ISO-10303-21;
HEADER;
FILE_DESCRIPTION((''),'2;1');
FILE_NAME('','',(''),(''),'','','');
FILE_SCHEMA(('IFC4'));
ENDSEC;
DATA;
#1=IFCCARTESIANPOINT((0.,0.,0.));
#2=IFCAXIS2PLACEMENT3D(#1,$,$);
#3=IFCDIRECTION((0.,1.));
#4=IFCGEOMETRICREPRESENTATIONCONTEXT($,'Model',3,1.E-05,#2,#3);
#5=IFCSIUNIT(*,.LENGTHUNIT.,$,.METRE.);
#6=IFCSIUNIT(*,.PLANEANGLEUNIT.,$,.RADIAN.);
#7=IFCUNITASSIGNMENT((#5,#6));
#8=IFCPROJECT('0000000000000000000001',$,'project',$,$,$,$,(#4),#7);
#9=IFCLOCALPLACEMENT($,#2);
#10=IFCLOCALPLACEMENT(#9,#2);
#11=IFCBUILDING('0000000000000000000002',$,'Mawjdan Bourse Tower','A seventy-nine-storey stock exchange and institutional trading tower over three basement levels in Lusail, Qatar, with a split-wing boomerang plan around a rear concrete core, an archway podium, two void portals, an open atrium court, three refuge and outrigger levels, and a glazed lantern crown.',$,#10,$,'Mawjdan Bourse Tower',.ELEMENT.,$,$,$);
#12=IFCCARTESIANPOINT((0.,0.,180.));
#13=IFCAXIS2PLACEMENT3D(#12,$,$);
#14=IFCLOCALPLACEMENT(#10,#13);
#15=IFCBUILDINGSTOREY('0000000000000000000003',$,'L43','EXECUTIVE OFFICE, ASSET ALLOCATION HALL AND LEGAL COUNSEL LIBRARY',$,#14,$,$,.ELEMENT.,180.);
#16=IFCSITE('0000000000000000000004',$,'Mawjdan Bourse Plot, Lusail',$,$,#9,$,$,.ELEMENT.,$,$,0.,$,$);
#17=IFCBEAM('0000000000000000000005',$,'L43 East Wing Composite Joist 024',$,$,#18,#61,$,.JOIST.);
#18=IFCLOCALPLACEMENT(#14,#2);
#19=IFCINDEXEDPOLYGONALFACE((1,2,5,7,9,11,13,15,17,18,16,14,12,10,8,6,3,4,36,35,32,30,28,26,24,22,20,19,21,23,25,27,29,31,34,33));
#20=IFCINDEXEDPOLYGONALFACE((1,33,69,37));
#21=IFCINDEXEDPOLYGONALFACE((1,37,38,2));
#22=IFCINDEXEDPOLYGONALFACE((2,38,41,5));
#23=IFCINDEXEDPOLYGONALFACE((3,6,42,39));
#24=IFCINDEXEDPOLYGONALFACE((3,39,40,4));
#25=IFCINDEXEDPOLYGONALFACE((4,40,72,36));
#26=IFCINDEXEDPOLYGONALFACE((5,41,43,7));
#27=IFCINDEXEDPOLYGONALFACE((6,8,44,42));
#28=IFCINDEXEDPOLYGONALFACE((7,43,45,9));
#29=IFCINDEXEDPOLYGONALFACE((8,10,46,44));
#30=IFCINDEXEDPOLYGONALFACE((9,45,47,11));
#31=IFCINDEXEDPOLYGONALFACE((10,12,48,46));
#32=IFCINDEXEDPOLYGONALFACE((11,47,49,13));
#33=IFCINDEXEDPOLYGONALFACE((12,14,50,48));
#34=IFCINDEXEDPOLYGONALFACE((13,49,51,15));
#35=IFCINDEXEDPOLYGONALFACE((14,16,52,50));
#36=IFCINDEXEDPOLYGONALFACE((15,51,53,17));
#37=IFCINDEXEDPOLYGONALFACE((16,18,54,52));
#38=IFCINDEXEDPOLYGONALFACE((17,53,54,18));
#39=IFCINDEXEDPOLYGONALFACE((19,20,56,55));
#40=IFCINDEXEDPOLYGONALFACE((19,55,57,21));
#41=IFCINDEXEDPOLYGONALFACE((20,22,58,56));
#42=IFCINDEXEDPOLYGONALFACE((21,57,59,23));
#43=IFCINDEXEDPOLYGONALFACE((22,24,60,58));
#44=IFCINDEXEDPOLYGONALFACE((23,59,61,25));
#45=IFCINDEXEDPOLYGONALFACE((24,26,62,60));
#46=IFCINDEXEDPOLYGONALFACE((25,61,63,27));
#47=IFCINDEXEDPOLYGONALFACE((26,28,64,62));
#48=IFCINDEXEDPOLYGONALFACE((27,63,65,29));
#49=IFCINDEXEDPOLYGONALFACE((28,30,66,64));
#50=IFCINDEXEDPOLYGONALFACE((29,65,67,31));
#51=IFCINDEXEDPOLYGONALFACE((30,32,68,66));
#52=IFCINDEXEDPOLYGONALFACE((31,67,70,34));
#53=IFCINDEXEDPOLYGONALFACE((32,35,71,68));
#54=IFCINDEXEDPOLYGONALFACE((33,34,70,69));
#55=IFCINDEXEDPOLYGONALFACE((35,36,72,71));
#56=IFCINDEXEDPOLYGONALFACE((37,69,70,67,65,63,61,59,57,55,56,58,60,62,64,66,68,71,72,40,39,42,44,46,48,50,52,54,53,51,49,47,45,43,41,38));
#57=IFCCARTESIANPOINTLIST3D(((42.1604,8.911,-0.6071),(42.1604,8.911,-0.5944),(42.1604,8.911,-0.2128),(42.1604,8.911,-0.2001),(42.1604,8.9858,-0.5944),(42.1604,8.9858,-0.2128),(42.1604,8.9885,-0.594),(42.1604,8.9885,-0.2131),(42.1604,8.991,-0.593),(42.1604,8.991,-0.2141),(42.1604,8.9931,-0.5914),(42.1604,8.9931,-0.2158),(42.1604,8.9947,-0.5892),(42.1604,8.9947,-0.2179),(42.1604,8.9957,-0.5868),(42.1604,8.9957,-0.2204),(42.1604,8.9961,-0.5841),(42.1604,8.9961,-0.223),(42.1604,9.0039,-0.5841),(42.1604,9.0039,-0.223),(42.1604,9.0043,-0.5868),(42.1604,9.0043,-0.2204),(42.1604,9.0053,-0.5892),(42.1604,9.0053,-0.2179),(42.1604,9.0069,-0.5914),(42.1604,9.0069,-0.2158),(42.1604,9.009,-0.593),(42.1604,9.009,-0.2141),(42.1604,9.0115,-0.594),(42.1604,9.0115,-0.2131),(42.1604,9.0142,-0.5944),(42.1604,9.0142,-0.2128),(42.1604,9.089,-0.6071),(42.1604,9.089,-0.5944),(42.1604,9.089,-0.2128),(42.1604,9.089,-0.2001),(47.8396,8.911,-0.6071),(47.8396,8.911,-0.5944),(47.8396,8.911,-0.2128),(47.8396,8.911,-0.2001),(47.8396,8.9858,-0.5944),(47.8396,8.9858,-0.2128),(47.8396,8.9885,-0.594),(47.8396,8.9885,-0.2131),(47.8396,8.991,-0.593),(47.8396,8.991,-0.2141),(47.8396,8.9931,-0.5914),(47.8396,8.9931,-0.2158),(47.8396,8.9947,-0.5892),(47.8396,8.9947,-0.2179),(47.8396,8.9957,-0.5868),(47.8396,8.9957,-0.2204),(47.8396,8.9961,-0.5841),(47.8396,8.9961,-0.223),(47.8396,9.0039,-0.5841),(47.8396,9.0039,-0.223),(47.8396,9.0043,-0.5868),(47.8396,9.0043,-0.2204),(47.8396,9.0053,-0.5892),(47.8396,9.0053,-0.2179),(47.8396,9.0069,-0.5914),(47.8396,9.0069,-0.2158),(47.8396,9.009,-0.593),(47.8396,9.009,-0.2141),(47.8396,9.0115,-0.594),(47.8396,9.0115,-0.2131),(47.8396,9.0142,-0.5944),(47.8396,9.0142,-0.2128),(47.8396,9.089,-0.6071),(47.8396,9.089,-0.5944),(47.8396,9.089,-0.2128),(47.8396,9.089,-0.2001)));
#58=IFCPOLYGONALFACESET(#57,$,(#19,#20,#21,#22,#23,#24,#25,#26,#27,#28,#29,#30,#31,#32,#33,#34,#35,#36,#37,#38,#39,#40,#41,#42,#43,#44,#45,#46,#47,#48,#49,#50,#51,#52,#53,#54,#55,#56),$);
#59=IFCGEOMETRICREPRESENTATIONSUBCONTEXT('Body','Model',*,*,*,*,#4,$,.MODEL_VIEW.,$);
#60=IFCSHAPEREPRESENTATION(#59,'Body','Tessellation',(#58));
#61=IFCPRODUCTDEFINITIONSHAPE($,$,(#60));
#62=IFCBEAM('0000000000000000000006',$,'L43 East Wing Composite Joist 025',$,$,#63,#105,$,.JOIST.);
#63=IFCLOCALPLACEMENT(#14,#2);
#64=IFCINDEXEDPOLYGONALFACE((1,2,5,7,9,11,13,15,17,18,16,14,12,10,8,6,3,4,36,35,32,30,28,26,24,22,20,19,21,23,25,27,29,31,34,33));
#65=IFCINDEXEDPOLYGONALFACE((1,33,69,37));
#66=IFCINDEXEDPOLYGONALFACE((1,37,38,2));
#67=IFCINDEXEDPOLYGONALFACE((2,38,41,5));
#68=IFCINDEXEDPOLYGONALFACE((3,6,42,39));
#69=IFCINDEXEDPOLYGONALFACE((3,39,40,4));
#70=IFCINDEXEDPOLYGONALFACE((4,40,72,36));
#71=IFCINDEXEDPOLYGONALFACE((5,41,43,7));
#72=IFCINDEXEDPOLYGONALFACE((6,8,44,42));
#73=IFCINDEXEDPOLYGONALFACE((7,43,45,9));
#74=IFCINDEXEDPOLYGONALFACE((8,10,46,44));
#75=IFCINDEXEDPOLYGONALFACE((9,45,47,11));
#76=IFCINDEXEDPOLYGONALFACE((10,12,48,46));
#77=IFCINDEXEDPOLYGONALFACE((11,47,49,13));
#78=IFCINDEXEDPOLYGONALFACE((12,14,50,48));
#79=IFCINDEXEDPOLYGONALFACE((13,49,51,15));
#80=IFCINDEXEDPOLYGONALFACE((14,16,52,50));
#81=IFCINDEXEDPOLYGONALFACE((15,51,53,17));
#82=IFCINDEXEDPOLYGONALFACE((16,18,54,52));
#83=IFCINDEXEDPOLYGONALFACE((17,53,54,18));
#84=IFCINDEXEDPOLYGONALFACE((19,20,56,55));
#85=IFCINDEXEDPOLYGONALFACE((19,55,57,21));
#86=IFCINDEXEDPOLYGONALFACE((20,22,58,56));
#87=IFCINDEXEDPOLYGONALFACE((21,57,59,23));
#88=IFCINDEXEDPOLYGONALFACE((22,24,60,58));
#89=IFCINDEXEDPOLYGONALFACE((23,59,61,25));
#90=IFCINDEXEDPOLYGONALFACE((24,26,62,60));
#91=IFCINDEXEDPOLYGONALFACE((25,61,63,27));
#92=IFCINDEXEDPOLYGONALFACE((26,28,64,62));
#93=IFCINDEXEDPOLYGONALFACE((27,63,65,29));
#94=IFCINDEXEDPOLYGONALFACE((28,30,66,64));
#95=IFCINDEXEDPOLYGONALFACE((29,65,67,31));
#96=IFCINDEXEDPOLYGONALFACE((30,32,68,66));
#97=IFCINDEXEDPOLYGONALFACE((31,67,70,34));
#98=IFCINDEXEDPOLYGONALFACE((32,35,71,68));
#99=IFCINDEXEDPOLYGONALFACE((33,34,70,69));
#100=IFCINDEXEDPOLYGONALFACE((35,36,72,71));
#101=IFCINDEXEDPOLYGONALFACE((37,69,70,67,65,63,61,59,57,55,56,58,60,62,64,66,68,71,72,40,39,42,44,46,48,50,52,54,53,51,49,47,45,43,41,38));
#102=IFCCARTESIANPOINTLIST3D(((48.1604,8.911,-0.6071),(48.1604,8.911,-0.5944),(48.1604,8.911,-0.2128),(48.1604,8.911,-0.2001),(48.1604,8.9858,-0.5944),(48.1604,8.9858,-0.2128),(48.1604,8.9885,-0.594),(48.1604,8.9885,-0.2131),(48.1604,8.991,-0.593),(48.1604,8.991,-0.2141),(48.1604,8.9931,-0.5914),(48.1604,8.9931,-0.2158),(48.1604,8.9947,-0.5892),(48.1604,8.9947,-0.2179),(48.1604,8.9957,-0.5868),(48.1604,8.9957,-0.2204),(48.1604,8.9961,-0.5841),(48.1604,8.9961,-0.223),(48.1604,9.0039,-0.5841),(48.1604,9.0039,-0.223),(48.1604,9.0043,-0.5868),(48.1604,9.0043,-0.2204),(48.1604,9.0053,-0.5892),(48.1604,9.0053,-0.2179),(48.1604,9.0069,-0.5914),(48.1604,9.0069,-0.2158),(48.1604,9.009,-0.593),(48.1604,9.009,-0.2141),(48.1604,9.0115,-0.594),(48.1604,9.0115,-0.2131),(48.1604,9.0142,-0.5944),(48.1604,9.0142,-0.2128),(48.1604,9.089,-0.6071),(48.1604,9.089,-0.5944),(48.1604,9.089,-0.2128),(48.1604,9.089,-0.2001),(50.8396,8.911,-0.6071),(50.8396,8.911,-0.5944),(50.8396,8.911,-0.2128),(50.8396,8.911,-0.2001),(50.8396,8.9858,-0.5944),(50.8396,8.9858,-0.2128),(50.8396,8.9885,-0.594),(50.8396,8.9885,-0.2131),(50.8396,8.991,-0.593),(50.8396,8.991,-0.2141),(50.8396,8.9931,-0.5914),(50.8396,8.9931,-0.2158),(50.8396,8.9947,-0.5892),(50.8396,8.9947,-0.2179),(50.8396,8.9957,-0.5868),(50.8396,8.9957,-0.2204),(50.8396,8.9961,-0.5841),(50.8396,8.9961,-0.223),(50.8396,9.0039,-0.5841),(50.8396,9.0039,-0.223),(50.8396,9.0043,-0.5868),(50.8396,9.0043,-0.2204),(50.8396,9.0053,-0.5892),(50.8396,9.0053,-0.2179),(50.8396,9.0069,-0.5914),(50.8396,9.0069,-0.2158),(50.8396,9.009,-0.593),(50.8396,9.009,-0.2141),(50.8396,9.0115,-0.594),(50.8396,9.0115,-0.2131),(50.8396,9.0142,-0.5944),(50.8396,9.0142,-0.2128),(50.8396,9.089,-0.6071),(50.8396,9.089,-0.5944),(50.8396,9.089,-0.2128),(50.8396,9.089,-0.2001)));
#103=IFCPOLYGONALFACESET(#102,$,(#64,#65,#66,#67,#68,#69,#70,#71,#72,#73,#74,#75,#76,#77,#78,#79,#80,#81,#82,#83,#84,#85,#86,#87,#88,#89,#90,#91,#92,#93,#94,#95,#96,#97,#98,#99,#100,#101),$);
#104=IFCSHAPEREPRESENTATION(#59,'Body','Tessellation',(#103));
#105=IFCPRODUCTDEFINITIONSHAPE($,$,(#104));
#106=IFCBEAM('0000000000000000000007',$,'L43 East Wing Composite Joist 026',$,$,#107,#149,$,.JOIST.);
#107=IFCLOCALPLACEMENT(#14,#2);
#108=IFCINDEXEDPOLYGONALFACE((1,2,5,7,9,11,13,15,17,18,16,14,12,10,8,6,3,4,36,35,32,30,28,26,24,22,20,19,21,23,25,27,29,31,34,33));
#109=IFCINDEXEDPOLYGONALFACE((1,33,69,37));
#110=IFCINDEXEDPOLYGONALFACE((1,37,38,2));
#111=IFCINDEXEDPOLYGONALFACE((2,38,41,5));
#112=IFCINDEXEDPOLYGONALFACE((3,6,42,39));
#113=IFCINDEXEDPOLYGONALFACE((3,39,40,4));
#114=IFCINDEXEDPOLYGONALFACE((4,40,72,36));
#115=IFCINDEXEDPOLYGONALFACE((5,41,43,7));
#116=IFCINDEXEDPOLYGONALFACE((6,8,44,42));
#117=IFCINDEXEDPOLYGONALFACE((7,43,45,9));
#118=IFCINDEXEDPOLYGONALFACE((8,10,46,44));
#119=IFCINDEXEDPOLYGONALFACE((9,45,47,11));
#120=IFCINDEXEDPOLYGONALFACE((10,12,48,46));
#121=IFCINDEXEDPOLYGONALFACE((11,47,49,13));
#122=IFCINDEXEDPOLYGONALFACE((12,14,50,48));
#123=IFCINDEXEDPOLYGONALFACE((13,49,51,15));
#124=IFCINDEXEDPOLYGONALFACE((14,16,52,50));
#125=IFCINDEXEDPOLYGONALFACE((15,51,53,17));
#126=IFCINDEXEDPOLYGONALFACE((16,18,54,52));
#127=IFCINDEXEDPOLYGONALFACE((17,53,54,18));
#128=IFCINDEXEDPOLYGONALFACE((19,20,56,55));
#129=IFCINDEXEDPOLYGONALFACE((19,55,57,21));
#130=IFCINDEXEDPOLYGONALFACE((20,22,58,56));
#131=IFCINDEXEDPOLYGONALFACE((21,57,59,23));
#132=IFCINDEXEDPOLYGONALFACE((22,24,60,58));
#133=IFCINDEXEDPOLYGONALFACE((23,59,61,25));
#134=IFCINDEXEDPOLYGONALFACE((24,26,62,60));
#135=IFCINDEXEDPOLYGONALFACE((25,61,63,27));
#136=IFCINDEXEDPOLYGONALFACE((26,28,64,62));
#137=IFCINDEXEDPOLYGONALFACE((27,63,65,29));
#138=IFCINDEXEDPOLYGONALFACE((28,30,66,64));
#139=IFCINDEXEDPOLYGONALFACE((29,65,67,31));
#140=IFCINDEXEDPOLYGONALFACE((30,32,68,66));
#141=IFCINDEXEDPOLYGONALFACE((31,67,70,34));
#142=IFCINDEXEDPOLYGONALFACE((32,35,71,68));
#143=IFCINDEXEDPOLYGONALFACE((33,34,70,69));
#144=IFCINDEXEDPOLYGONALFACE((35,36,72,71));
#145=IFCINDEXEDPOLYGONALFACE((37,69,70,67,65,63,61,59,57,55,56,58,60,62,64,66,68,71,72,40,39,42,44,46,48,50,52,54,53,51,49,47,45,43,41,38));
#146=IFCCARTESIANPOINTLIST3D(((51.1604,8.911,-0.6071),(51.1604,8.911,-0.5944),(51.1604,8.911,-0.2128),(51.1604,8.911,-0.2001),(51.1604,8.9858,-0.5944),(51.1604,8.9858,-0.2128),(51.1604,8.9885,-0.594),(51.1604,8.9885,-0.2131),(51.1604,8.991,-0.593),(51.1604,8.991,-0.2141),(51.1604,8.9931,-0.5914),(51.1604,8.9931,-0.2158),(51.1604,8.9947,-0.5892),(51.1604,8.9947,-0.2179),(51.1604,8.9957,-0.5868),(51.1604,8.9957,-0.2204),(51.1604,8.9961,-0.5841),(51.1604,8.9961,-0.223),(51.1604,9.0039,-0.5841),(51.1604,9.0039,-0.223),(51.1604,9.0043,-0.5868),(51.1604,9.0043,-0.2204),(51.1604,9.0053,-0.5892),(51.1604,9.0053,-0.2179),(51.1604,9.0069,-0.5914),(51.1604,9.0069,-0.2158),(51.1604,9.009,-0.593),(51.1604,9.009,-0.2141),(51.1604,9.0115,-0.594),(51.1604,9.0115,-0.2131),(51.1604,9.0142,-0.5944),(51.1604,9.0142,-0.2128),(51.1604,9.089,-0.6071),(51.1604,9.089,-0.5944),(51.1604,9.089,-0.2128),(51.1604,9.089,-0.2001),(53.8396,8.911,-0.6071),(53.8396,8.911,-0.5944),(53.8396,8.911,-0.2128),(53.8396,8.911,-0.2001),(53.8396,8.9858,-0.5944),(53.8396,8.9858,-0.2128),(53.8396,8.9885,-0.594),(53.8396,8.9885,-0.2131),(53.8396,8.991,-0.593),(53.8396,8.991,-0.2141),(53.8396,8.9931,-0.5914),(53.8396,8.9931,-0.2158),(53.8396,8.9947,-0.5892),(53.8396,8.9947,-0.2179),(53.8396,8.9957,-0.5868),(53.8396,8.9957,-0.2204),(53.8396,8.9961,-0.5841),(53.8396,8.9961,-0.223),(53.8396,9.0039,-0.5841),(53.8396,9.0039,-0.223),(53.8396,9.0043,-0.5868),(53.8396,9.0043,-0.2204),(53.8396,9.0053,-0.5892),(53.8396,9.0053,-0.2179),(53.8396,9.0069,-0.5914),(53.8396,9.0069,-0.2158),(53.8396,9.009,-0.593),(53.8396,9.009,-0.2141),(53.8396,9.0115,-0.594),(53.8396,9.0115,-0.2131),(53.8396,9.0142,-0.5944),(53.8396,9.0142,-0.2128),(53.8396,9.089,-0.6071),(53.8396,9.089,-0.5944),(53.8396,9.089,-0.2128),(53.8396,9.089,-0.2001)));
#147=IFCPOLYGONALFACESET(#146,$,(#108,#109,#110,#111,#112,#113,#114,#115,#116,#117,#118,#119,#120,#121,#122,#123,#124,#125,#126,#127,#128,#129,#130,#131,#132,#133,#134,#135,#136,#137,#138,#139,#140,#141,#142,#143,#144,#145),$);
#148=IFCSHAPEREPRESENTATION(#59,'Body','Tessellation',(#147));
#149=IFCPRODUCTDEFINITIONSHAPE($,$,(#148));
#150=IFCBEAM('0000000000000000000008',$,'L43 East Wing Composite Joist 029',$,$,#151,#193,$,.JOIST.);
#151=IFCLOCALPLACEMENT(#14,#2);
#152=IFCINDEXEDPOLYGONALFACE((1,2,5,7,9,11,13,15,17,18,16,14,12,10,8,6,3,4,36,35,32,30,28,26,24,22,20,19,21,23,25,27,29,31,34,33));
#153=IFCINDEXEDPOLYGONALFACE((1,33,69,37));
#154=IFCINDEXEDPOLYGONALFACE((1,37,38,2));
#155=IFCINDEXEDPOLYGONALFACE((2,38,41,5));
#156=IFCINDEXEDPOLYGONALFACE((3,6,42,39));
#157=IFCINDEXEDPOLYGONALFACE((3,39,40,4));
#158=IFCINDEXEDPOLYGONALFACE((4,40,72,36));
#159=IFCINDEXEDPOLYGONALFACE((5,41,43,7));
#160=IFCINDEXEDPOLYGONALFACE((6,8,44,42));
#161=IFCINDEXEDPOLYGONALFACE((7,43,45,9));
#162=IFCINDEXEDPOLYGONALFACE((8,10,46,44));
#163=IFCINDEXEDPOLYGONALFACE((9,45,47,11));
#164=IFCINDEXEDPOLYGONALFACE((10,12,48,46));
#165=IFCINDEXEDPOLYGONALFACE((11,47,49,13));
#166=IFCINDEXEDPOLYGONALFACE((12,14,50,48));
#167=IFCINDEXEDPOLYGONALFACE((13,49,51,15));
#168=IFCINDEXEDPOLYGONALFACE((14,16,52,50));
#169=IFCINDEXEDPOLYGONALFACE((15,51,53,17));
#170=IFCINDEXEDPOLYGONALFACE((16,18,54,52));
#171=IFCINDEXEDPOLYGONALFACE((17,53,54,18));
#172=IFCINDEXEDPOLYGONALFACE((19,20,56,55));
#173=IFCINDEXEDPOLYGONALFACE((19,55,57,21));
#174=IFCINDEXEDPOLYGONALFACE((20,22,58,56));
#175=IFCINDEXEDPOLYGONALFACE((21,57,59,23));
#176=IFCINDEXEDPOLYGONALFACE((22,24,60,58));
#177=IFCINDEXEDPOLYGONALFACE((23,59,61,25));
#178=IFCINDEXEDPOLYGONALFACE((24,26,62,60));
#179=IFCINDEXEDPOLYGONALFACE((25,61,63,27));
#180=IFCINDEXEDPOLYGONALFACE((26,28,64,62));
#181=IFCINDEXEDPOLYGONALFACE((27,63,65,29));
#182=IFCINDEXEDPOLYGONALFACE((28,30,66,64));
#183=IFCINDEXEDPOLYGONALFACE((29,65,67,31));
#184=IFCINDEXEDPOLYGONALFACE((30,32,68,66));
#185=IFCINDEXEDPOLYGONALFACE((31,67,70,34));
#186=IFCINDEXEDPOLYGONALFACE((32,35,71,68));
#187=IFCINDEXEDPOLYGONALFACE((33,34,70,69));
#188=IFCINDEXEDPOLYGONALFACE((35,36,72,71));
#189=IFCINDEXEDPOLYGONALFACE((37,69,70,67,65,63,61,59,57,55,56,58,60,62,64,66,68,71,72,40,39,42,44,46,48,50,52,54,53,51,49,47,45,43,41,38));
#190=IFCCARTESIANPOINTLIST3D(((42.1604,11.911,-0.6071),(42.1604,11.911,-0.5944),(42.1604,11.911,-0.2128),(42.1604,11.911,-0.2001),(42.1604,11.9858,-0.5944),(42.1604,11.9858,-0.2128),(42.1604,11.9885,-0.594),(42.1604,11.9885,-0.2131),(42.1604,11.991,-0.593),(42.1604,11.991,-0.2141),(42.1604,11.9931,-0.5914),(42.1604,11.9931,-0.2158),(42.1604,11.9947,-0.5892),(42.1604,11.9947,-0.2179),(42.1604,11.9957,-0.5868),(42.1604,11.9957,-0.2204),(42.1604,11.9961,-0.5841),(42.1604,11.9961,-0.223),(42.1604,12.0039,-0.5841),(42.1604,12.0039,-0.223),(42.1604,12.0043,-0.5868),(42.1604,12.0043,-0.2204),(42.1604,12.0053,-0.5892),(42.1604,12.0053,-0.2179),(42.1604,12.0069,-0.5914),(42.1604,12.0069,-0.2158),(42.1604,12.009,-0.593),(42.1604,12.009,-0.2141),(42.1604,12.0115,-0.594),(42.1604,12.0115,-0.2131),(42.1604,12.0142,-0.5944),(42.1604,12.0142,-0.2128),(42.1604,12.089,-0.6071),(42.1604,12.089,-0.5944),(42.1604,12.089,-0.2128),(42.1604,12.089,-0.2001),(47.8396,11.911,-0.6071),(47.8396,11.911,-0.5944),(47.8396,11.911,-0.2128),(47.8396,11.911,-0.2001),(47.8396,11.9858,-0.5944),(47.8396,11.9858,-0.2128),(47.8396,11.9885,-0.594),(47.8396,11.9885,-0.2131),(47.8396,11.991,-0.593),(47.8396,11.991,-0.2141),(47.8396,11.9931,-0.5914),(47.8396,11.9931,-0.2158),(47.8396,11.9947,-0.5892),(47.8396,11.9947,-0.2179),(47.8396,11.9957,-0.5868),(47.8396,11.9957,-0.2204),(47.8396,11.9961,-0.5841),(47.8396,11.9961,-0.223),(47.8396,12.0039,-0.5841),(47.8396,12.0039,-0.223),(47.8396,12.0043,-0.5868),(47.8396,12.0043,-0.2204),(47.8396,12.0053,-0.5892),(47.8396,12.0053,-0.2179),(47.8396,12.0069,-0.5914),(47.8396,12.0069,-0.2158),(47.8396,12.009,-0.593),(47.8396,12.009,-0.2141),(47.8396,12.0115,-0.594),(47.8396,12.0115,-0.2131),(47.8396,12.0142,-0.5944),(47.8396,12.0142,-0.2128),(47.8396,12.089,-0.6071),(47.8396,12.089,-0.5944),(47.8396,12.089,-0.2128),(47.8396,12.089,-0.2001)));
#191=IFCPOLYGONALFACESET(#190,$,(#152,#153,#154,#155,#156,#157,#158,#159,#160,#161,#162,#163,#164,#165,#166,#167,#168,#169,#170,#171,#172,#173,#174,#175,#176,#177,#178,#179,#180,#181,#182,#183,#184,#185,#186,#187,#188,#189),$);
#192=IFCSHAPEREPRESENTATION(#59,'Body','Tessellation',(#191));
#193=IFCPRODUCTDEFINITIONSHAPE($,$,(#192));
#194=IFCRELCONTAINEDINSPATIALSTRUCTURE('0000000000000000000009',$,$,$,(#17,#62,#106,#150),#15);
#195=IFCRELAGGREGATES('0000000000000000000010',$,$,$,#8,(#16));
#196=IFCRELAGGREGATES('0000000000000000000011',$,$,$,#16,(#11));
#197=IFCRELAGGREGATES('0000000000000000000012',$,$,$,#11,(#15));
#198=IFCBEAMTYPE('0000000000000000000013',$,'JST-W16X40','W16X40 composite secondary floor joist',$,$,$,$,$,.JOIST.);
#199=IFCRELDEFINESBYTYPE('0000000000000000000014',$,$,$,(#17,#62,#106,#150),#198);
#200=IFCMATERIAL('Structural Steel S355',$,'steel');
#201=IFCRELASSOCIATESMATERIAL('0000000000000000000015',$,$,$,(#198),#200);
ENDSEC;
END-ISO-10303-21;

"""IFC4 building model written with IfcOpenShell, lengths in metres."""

from ifc_helpers import new_model, si_unit, direction, frame, origin, origin_2d, place, context, subcontext, project, spatial, i_section, extrude, material, material_profile, profile_set, type_object, element, save


model = new_model("IFC4")

# Units and contexts
model_context = context("Model", 3, precision=1e-05, world=origin(), true_north=direction((0.0, 1.0)))
body_context = subcontext(model_context, "Body", "Model", "MODEL_VIEW")
ifc_project = project(units=[si_unit("LENGTHUNIT", "METRE"), si_unit("PLANEANGLEUNIT", "RADIAN")], contexts=[model_context])

# Site, building, storey
site_placement = place(None, origin())
site = spatial("IfcSite", under=ifc_project, at=site_placement, Name="Mawjdan Bourse Plot, Lusail", CompositionType="ELEMENT", RefElevation=0.0)
building_placement = place(site_placement, origin())
building = spatial("IfcBuilding", under=site, at=building_placement, Name="Mawjdan Bourse Tower", Description="A seventy-nine-storey stock exchange and institutional trading tower over three basement levels in Lusail, Qatar, with a split-wing boomerang plan around a rear concrete core, an archway podium, two void portals, an open atrium court, three refuge and outrigger levels, and a glazed lantern crown.", LongName="Mawjdan Bourse Tower", CompositionType="ELEMENT")
storey_placement = place(building_placement, frame((0.0, 0.0, 180.0)))
storey = spatial("IfcBuildingStorey", under=building, at=storey_placement, Name="L43", Description="EXECUTIVE OFFICE, ASSET ALLOCATION HALL AND LEGAL COUNSEL LIBRARY", CompositionType="ELEMENT", Elevation=180.0)

# Beams
ifc_material_1 = material(Name="Structural Steel S355", Category="steel")
ifc_material_profile_1 = material_profile(ifc_material_1, i_section(OverallWidth=0.178, OverallDepth=0.407, WebThickness=0.0078, FlangeThickness=0.0127, FilletRadius=0.0103, at=origin_2d()), Name="W16X40")
ifc_profile_set_1 = profile_set([ifc_material_profile_1], Name="Structural Steel S355")
beam_type_1 = type_object("IfcBeamType", Name="JST-W16X40", Description="W16X40 composite secondary floor joist", PredefinedType="JOIST", material=ifc_profile_set_1)
beam_1_placement = place(storey_placement, frame((42.1604, 9.0, -0.4036), z_axis=(1.0, 0.0, 0.0), x_axis=(0.0, 1.0, 0.0)))
element("IfcBeam", 1, at=beam_1_placement, inside=storey, type_object=beam_type_1, Name="L43 East Wing Composite Joist 024", PredefinedType="JOIST", context=body_context, shape_type="SweptSolid", body=[
    extrude(i_section(OverallWidth=0.178, OverallDepth=0.407, WebThickness=0.0078, FlangeThickness=0.0127, FilletRadius=0.0103, at=origin_2d()), origin(), (0.0, 0.0, 1.0), 5.6792),
])
for number, where, z_axis, x_axis, name in (
    (2, (48.1604, 9.0, -0.4036), (1.0, 0.0, 0.0), (0.0, 1.0, 0.0), "L43 East Wing Composite Joist 025"),
    (3, (51.1604, 9.0, -0.4036), (1.0, 0.0, 0.0), (0.0, 1.0, 0.0), "L43 East Wing Composite Joist 026"),
):
    element("IfcBeam", number, at=place(storey_placement, frame(where, z_axis=z_axis, x_axis=x_axis)), inside=storey, type_object=beam_type_1, Name=name, PredefinedType="JOIST", context=body_context, shape_type="SweptSolid", body=[
        extrude(i_section(OverallWidth=0.178, OverallDepth=0.407, WebThickness=0.0078, FlangeThickness=0.0127, FilletRadius=0.0103, at=origin_2d()), origin(), (0.0, 0.0, 1.0), 2.6792),
    ])
beam_2_placement = place(storey_placement, frame((42.1604, 12.0, -0.4036), z_axis=(1.0, 0.0, 0.0), x_axis=(0.0, 1.0, 0.0)))
element("IfcBeam", 4, at=beam_2_placement, inside=storey, type_object=beam_type_1, Name="L43 East Wing Composite Joist 029", PredefinedType="JOIST", context=body_context, shape_type="SweptSolid", body=[
    extrude(i_section(OverallWidth=0.178, OverallDepth=0.407, WebThickness=0.0078, FlangeThickness=0.0127, FilletRadius=0.0103, at=origin_2d()), origin(), (0.0, 0.0, 1.0), 5.6792),
])

save(model, "model.ifc")
